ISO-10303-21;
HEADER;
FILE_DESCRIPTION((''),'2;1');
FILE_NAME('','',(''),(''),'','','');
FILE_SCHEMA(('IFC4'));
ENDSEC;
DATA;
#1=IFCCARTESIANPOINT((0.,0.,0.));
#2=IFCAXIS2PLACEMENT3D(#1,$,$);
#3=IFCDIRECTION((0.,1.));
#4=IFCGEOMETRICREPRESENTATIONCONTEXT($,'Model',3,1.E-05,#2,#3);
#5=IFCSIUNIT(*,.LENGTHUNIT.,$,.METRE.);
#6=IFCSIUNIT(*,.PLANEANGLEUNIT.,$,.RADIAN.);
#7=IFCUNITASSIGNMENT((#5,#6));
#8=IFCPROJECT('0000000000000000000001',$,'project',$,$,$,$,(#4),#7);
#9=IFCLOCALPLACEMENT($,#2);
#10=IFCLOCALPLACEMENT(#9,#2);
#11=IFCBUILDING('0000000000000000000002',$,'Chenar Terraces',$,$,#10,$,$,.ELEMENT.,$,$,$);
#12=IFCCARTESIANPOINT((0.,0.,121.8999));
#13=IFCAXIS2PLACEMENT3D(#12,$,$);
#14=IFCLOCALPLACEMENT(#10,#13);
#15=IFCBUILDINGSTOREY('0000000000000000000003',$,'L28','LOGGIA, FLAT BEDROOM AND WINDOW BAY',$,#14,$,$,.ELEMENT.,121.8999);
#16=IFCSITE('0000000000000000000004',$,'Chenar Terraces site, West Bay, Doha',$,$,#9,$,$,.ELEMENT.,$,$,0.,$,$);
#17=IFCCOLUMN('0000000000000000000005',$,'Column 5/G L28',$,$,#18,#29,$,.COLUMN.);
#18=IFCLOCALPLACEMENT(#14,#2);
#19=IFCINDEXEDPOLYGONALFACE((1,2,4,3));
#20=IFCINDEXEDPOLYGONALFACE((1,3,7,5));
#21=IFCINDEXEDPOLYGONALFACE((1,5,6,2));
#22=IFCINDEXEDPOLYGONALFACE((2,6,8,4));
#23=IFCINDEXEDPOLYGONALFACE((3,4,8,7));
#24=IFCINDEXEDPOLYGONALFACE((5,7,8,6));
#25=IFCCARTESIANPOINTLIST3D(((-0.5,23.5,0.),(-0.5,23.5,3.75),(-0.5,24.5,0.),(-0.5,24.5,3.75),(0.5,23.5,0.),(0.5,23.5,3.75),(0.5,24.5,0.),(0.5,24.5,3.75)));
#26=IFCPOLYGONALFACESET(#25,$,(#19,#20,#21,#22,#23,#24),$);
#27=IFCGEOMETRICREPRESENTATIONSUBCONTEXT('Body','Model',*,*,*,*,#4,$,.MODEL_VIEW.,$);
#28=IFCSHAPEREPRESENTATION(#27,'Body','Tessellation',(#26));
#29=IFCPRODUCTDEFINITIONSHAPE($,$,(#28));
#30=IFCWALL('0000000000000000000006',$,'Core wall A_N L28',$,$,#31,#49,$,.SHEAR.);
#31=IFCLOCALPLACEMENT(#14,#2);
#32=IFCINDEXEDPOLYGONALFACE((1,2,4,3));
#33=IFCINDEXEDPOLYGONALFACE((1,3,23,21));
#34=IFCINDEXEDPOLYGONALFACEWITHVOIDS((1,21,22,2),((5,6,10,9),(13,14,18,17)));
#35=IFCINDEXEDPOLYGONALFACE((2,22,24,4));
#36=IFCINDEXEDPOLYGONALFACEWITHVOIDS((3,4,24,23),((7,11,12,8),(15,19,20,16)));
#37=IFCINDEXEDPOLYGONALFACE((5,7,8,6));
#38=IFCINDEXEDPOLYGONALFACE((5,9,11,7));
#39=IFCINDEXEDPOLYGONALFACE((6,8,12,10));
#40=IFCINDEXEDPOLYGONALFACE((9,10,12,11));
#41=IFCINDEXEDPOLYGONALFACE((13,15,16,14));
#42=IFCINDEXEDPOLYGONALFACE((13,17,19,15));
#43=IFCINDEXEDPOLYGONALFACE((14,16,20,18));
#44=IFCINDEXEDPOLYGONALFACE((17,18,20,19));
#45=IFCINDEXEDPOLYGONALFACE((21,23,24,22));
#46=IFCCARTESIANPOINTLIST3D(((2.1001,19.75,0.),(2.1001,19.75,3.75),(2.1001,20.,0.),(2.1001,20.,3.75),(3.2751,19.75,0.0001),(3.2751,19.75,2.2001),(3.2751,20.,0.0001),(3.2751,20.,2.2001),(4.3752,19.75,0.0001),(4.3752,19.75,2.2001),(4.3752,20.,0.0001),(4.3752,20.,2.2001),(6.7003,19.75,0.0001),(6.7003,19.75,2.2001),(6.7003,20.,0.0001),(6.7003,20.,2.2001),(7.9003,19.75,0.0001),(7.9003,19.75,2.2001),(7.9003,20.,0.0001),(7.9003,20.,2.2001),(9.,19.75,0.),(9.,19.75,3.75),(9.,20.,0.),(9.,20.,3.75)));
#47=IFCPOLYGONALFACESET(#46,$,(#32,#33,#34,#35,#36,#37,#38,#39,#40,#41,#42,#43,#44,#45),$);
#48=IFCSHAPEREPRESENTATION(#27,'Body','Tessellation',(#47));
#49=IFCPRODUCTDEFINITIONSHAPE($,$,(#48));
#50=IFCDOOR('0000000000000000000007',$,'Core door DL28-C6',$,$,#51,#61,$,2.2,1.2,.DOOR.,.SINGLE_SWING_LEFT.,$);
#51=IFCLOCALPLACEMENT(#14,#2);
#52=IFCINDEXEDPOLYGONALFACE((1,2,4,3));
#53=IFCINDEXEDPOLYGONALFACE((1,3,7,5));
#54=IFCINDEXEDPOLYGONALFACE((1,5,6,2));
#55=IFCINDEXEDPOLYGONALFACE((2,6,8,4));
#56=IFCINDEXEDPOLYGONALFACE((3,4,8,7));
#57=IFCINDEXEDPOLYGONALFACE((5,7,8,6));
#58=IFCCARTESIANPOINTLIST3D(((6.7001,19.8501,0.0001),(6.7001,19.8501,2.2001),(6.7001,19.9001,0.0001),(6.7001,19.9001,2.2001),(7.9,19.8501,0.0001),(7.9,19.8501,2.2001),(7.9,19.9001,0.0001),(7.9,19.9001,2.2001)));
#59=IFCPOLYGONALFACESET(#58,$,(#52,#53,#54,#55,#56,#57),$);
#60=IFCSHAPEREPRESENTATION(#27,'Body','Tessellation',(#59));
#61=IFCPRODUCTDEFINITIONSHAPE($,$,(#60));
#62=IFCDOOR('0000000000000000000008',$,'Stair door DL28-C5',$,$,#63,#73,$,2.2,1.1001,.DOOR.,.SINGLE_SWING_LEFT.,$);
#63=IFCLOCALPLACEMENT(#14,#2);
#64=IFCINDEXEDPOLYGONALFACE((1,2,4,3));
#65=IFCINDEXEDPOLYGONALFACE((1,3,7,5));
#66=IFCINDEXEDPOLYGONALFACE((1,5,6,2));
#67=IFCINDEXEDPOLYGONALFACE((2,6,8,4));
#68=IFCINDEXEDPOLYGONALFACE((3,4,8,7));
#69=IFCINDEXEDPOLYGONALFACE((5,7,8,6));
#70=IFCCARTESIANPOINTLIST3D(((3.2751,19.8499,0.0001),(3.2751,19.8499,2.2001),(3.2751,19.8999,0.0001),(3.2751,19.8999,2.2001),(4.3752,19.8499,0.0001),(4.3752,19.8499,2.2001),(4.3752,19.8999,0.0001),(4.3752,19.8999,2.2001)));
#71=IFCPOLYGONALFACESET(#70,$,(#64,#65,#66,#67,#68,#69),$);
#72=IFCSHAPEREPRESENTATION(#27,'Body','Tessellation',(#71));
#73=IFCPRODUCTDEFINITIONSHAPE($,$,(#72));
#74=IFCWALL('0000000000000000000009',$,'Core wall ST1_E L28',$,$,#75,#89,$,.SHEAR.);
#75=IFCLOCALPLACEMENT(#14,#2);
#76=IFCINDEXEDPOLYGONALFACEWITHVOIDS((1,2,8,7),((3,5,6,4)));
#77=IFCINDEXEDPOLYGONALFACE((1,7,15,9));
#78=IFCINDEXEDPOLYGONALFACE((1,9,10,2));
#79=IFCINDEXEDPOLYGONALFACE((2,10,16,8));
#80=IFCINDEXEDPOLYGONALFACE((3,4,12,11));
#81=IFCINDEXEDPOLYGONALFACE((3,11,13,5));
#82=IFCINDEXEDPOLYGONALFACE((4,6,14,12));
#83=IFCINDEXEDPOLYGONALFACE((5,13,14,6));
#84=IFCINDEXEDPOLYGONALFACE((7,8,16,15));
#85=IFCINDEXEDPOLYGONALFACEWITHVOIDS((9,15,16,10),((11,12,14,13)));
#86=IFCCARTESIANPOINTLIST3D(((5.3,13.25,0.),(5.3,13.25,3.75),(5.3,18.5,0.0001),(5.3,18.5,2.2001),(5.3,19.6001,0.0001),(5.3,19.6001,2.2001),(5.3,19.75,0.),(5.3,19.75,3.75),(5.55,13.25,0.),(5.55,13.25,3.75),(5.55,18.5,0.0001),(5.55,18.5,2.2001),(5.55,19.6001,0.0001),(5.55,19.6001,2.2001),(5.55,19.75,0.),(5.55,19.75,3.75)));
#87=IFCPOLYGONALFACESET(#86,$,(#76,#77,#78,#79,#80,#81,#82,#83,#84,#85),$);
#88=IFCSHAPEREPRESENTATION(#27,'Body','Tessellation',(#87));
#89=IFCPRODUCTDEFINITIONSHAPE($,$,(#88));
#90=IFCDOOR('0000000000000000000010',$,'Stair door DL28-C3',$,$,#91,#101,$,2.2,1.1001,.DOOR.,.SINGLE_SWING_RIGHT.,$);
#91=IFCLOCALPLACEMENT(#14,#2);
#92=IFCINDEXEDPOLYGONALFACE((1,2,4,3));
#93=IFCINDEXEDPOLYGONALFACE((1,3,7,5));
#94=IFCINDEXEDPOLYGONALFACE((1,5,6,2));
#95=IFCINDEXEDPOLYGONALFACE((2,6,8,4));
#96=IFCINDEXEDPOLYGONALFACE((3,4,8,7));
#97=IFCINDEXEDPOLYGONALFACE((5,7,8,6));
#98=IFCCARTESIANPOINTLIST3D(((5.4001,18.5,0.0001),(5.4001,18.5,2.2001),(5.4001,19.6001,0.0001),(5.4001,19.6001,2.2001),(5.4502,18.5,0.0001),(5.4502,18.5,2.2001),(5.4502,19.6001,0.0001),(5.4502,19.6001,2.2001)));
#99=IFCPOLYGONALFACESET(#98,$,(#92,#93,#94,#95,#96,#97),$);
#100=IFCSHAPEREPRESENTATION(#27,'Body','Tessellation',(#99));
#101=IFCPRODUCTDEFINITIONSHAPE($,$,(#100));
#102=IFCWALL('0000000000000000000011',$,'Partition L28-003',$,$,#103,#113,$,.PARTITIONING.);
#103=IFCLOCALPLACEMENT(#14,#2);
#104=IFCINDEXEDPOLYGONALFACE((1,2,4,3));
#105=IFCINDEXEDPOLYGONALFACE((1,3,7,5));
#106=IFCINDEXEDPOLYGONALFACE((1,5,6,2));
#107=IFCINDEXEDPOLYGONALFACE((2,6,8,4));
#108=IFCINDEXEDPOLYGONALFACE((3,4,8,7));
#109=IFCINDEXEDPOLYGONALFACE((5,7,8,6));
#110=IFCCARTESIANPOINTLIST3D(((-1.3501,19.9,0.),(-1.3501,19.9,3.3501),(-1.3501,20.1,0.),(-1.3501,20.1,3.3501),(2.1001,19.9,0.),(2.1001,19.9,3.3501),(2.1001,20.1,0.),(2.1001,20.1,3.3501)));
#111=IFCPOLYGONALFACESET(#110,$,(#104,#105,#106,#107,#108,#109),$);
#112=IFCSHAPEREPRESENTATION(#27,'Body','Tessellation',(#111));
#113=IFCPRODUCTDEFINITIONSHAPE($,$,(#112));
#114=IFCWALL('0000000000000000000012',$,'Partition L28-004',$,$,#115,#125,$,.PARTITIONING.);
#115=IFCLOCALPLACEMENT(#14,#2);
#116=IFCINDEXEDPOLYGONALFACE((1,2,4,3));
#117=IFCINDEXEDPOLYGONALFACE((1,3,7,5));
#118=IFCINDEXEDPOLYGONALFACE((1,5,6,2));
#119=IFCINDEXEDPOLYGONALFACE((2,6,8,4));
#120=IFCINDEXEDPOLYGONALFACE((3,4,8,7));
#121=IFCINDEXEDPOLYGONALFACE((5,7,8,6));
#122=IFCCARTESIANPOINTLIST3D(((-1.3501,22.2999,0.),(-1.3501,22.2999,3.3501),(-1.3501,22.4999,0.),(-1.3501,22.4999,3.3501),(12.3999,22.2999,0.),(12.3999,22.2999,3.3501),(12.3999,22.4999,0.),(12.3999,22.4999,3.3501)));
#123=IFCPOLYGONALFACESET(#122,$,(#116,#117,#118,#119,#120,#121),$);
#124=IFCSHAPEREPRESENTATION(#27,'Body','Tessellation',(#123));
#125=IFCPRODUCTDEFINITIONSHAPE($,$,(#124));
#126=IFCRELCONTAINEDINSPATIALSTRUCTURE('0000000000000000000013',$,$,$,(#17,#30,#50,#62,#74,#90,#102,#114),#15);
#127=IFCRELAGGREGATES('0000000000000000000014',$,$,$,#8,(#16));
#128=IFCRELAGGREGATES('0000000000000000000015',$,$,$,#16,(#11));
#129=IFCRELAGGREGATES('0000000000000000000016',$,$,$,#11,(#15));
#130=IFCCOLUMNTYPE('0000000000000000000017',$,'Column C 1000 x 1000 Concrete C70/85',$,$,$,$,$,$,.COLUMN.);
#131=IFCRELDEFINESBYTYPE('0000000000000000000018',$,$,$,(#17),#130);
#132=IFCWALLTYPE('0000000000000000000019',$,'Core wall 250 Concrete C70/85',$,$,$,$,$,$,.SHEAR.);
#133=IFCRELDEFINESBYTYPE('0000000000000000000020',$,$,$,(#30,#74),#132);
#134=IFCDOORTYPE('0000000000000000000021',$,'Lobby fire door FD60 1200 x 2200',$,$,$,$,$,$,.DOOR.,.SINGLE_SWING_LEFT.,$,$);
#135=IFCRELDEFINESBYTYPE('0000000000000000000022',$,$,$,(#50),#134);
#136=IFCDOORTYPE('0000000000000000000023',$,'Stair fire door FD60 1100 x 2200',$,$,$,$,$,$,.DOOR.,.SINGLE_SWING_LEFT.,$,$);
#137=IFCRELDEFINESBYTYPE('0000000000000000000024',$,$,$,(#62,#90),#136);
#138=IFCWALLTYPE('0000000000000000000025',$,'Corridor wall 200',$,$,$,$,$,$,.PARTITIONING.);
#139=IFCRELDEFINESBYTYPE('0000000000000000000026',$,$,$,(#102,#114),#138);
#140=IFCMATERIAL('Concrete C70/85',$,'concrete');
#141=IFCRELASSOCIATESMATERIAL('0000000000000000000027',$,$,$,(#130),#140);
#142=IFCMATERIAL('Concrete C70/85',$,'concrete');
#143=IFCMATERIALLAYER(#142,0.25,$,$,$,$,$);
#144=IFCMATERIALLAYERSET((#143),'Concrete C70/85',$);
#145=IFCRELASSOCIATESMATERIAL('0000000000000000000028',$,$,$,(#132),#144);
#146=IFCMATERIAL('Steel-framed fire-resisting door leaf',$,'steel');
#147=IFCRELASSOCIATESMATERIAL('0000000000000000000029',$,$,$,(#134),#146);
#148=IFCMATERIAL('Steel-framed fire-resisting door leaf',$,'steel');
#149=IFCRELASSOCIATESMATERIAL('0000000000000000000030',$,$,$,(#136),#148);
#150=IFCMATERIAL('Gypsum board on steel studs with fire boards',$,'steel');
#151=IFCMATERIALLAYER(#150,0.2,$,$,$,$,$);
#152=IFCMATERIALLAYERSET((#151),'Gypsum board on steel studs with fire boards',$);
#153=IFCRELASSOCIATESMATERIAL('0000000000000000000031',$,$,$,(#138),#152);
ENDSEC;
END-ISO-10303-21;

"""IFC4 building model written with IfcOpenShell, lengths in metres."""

from ifc_helpers import new_model, si_unit, direction, frame, frame_2d, origin, origin_2d, place, context, subcontext, project, spatial, rectangle, extrude, material, layer, layer_set, material_profile, profile_set, type_object, element, fill, save


model = new_model("IFC4")

# Units and contexts
model_context = context("Model", 3, precision=1e-05, world=origin(), true_north=direction((0.0, 1.0)))
body_context = subcontext(model_context, "Body", "Model", "MODEL_VIEW")
ifc_project = project(units=[si_unit("LENGTHUNIT", "METRE"), si_unit("PLANEANGLEUNIT", "RADIAN")], contexts=[model_context])

# Site, building, storey
site_placement = place(None, origin())
site = spatial("IfcSite", under=ifc_project, at=site_placement, Name="Chenar Terraces site, West Bay, Doha", CompositionType="ELEMENT", RefElevation=0.0)
building_placement = place(site_placement, origin())
building = spatial("IfcBuilding", under=site, at=building_placement, Name="Chenar Terraces", CompositionType="ELEMENT")
storey_placement = place(building_placement, frame((0.0, 0.0, 121.8999)))
storey = spatial("IfcBuildingStorey", under=building, at=storey_placement, Name="L28", Description="LOGGIA, FLAT BEDROOM AND WINDOW BAY", CompositionType="ELEMENT", Elevation=121.8999)

# Column
ifc_material_1 = material(Name="Concrete C70/85", Category="concrete")
ifc_material_profile_1 = material_profile(ifc_material_1, rectangle(XDim=1.0, YDim=1.0, at=origin_2d()), Name="C 1000 x 1000")
ifc_profile_set_1 = profile_set([ifc_material_profile_1], Name="Concrete C70/85")
column_type = type_object("IfcColumnType", Name="Column C 1000 x 1000 Concrete C70/85", PredefinedType="COLUMN", material=ifc_profile_set_1)
column_placement = place(storey_placement, frame((0.0, 24.0, 0.0), z_axis=(0.0, 0.0, 1.0), x_axis=(1.0, 0.0, 0.0)))
element("IfcColumn", 1, at=column_placement, inside=storey, type_object=column_type, Name="Column 5/G L28", PredefinedType="COLUMN", context=body_context, shape_type="SweptSolid", body=[
    extrude(rectangle(XDim=1.0, YDim=1.0, at=origin_2d()), origin(), (0.0, 0.0, 1.0), 3.75),
])

# Wall, openings, doors
ifc_material_2 = material(Name="Concrete C70/85", Category="concrete")
ifc_layer_1 = layer(ifc_material_2, 0.25)
ifc_layer_set_1 = layer_set([ifc_layer_1], Name="Concrete C70/85")
wall_type_1 = type_object("IfcWallType", Name="Core wall 250 Concrete C70/85", PredefinedType="SHEAR", material=ifc_layer_set_1)
wall_1_placement = place(storey_placement, frame((2.1001, 19.875, 0.0), z_axis=(0.0, 0.0, 1.0), x_axis=(1.0, 0.0, 0.0)))
wall_1 = element("IfcWall", 2, at=wall_1_placement, inside=storey, type_object=wall_type_1, Name="Core wall A_N L28", PredefinedType="SHEAR", context=body_context, shape_type="SweptSolid", body=[
    extrude(rectangle(XDim=6.8999, YDim=0.25, at=frame_2d((3.45, 0.0))), origin(), (0.0, 0.0, 1.0), 3.75),
])
opening_1_placement = place(wall_1_placement, frame((1.175, 0.0, 0.0)))
opening_1 = element("IfcOpeningElement", 3, at=opening_1_placement, cuts=wall_1, PredefinedType="OPENING", context=body_context, shape_type="SweptSolid", body=[
    extrude(rectangle(XDim=1.1001, YDim=2.2, at=frame_2d((0.55, 1.1001))), frame((0.0, 0.135, 0.0), z_axis=(0.0, -1.0, 0.0), x_axis=(1.0, 0.0, 0.0)), (0.0, 0.0, 1.0), 0.27),
])
opening_2_placement = place(wall_1_placement, frame((4.6001, 0.0, 0.0)))
opening_2 = element("IfcOpeningElement", 4, at=opening_2_placement, cuts=wall_1, PredefinedType="OPENING", context=body_context, shape_type="SweptSolid", body=[
    extrude(rectangle(XDim=1.2, YDim=2.2, at=frame_2d((0.6001, 1.1001))), frame((0.0, 0.135, 0.0), z_axis=(0.0, -1.0, 0.0), x_axis=(1.0, 0.0, 0.0)), (0.0, 0.0, 1.0), 0.27),
])
ifc_material_3 = material(Name="Steel-framed fire-resisting door leaf", Category="steel")
door_type_1 = type_object("IfcDoorType", Name="Lobby fire door FD60 1200 x 2200", OperationType="SINGLE_SWING_LEFT", PredefinedType="DOOR", material=ifc_material_3)
door_1_placement = place(opening_2_placement, frame((1.2, 0.0, 0.0), z_axis=(0.0, 0.0, 1.0), x_axis=(-1.0, 0.0, 0.0)))
door_1 = element("IfcDoor", 5, at=door_1_placement, inside=storey, type_object=door_type_1, Name="Core door DL28-C6", OperationType="SINGLE_SWING_LEFT", OverallHeight=2.2, OverallWidth=1.2, PredefinedType="DOOR", context=body_context, shape_type="SweptSolid", body=[
    extrude(rectangle(XDim=1.2, YDim=2.2, at=frame_2d((0.6001, 1.1001))), frame((0.0, 0.0249, 0.0), z_axis=(0.0, -1.0, 0.0), x_axis=(1.0, 0.0, 0.0)), (0.0, 0.0, 1.0), 0.05),
])
fill(opening_2, door_1)
ifc_material_4 = material(Name="Steel-framed fire-resisting door leaf", Category="steel")
door_type_2 = type_object("IfcDoorType", Name="Stair fire door FD60 1100 x 2200", OperationType="SINGLE_SWING_LEFT", PredefinedType="DOOR", material=ifc_material_4)
door_2_placement = place(opening_1_placement, origin())
door_2 = element("IfcDoor", 6, at=door_2_placement, inside=storey, type_object=door_type_2, Name="Stair door DL28-C5", OperationType="SINGLE_SWING_LEFT", OverallHeight=2.2, OverallWidth=1.1001, PredefinedType="DOOR", context=body_context, shape_type="SweptSolid", body=[
    extrude(rectangle(XDim=1.1001, YDim=2.2, at=frame_2d((0.55, 1.1001))), frame((0.0, 0.0249, 0.0), z_axis=(0.0, -1.0, 0.0), x_axis=(1.0, 0.0, 0.0)), (0.0, 0.0, 1.0), 0.05),
])
fill(opening_1, door_2)

# Wall, opening, door
wall_2_placement = place(storey_placement, frame((5.425, 13.25, 0.0), z_axis=(0.0, 0.0, 1.0), x_axis=(0.0, 1.0, 0.0)))
wall_2 = element("IfcWall", 7, at=wall_2_placement, inside=storey, type_object=wall_type_1, Name="Core wall ST1_E L28", PredefinedType="SHEAR", context=body_context, shape_type="SweptSolid", body=[
    extrude(rectangle(XDim=6.5, YDim=0.25, at=frame_2d((3.25, 0.0))), origin(), (0.0, 0.0, 1.0), 3.75),
])
opening_3_placement = place(wall_2_placement, frame((5.25, 0.0, 0.0)))
opening_3 = element("IfcOpeningElement", 8, at=opening_3_placement, cuts=wall_2, PredefinedType="OPENING", context=body_context, shape_type="SweptSolid", body=[
    extrude(rectangle(XDim=1.1001, YDim=2.2, at=frame_2d((0.55, 1.1001))), frame((0.0, 0.135, 0.0), z_axis=(0.0, -1.0, 0.0), x_axis=(1.0, 0.0, 0.0)), (0.0, 0.0, 1.0), 0.27),
])
door_3_placement = place(opening_3_placement, origin())
door_3 = element("IfcDoor", 9, at=door_3_placement, inside=storey, type_object=door_type_2, Name="Stair door DL28-C3", OperationType="SINGLE_SWING_RIGHT", OverallHeight=2.2, OverallWidth=1.1001, PredefinedType="DOOR", context=body_context, shape_type="SweptSolid", body=[
    extrude(rectangle(XDim=1.1001, YDim=2.2, at=frame_2d((0.55, 1.1001))), frame((0.0, 0.0249, 0.0), z_axis=(0.0, -1.0, 0.0), x_axis=(1.0, 0.0, 0.0)), (0.0, 0.0, 1.0), 0.05),
])
fill(opening_3, door_3)

# Walls
ifc_material_5 = material(Name="Gypsum board on steel studs with fire boards", Category="steel")
ifc_layer_2 = layer(ifc_material_5, 0.2)
ifc_layer_set_2 = layer_set([ifc_layer_2], Name="Gypsum board on steel studs with fire boards")
wall_type_2 = type_object("IfcWallType", Name="Corridor wall 200", PredefinedType="PARTITIONING", material=ifc_layer_set_2)
wall_3_placement = place(storey_placement, frame((-1.3501, 20.0, 0.0), z_axis=(0.0, 0.0, 1.0), x_axis=(1.0, 0.0, 0.0)))
element("IfcWall", 10, at=wall_3_placement, inside=storey, type_object=wall_type_2, Name="Partition L28-003", PredefinedType="PARTITIONING", context=body_context, shape_type="SweptSolid", body=[
    extrude(rectangle(XDim=3.4502, YDim=0.2, at=frame_2d((1.7251, 0.0))), origin(), (0.0, 0.0, 1.0), 3.3501),
])
wall_4_placement = place(storey_placement, frame((-1.3501, 22.3999, 0.0), z_axis=(0.0, 0.0, 1.0), x_axis=(1.0, 0.0, 0.0)))
element("IfcWall", 11, at=wall_4_placement, inside=storey, type_object=wall_type_2, Name="Partition L28-004", PredefinedType="PARTITIONING", context=body_context, shape_type="SweptSolid", body=[
    extrude(rectangle(XDim=13.75, YDim=0.2, at=frame_2d((6.875, 0.0))), origin(), (0.0, 0.0, 1.0), 3.3501),
])

save(model, "model.ifc")
